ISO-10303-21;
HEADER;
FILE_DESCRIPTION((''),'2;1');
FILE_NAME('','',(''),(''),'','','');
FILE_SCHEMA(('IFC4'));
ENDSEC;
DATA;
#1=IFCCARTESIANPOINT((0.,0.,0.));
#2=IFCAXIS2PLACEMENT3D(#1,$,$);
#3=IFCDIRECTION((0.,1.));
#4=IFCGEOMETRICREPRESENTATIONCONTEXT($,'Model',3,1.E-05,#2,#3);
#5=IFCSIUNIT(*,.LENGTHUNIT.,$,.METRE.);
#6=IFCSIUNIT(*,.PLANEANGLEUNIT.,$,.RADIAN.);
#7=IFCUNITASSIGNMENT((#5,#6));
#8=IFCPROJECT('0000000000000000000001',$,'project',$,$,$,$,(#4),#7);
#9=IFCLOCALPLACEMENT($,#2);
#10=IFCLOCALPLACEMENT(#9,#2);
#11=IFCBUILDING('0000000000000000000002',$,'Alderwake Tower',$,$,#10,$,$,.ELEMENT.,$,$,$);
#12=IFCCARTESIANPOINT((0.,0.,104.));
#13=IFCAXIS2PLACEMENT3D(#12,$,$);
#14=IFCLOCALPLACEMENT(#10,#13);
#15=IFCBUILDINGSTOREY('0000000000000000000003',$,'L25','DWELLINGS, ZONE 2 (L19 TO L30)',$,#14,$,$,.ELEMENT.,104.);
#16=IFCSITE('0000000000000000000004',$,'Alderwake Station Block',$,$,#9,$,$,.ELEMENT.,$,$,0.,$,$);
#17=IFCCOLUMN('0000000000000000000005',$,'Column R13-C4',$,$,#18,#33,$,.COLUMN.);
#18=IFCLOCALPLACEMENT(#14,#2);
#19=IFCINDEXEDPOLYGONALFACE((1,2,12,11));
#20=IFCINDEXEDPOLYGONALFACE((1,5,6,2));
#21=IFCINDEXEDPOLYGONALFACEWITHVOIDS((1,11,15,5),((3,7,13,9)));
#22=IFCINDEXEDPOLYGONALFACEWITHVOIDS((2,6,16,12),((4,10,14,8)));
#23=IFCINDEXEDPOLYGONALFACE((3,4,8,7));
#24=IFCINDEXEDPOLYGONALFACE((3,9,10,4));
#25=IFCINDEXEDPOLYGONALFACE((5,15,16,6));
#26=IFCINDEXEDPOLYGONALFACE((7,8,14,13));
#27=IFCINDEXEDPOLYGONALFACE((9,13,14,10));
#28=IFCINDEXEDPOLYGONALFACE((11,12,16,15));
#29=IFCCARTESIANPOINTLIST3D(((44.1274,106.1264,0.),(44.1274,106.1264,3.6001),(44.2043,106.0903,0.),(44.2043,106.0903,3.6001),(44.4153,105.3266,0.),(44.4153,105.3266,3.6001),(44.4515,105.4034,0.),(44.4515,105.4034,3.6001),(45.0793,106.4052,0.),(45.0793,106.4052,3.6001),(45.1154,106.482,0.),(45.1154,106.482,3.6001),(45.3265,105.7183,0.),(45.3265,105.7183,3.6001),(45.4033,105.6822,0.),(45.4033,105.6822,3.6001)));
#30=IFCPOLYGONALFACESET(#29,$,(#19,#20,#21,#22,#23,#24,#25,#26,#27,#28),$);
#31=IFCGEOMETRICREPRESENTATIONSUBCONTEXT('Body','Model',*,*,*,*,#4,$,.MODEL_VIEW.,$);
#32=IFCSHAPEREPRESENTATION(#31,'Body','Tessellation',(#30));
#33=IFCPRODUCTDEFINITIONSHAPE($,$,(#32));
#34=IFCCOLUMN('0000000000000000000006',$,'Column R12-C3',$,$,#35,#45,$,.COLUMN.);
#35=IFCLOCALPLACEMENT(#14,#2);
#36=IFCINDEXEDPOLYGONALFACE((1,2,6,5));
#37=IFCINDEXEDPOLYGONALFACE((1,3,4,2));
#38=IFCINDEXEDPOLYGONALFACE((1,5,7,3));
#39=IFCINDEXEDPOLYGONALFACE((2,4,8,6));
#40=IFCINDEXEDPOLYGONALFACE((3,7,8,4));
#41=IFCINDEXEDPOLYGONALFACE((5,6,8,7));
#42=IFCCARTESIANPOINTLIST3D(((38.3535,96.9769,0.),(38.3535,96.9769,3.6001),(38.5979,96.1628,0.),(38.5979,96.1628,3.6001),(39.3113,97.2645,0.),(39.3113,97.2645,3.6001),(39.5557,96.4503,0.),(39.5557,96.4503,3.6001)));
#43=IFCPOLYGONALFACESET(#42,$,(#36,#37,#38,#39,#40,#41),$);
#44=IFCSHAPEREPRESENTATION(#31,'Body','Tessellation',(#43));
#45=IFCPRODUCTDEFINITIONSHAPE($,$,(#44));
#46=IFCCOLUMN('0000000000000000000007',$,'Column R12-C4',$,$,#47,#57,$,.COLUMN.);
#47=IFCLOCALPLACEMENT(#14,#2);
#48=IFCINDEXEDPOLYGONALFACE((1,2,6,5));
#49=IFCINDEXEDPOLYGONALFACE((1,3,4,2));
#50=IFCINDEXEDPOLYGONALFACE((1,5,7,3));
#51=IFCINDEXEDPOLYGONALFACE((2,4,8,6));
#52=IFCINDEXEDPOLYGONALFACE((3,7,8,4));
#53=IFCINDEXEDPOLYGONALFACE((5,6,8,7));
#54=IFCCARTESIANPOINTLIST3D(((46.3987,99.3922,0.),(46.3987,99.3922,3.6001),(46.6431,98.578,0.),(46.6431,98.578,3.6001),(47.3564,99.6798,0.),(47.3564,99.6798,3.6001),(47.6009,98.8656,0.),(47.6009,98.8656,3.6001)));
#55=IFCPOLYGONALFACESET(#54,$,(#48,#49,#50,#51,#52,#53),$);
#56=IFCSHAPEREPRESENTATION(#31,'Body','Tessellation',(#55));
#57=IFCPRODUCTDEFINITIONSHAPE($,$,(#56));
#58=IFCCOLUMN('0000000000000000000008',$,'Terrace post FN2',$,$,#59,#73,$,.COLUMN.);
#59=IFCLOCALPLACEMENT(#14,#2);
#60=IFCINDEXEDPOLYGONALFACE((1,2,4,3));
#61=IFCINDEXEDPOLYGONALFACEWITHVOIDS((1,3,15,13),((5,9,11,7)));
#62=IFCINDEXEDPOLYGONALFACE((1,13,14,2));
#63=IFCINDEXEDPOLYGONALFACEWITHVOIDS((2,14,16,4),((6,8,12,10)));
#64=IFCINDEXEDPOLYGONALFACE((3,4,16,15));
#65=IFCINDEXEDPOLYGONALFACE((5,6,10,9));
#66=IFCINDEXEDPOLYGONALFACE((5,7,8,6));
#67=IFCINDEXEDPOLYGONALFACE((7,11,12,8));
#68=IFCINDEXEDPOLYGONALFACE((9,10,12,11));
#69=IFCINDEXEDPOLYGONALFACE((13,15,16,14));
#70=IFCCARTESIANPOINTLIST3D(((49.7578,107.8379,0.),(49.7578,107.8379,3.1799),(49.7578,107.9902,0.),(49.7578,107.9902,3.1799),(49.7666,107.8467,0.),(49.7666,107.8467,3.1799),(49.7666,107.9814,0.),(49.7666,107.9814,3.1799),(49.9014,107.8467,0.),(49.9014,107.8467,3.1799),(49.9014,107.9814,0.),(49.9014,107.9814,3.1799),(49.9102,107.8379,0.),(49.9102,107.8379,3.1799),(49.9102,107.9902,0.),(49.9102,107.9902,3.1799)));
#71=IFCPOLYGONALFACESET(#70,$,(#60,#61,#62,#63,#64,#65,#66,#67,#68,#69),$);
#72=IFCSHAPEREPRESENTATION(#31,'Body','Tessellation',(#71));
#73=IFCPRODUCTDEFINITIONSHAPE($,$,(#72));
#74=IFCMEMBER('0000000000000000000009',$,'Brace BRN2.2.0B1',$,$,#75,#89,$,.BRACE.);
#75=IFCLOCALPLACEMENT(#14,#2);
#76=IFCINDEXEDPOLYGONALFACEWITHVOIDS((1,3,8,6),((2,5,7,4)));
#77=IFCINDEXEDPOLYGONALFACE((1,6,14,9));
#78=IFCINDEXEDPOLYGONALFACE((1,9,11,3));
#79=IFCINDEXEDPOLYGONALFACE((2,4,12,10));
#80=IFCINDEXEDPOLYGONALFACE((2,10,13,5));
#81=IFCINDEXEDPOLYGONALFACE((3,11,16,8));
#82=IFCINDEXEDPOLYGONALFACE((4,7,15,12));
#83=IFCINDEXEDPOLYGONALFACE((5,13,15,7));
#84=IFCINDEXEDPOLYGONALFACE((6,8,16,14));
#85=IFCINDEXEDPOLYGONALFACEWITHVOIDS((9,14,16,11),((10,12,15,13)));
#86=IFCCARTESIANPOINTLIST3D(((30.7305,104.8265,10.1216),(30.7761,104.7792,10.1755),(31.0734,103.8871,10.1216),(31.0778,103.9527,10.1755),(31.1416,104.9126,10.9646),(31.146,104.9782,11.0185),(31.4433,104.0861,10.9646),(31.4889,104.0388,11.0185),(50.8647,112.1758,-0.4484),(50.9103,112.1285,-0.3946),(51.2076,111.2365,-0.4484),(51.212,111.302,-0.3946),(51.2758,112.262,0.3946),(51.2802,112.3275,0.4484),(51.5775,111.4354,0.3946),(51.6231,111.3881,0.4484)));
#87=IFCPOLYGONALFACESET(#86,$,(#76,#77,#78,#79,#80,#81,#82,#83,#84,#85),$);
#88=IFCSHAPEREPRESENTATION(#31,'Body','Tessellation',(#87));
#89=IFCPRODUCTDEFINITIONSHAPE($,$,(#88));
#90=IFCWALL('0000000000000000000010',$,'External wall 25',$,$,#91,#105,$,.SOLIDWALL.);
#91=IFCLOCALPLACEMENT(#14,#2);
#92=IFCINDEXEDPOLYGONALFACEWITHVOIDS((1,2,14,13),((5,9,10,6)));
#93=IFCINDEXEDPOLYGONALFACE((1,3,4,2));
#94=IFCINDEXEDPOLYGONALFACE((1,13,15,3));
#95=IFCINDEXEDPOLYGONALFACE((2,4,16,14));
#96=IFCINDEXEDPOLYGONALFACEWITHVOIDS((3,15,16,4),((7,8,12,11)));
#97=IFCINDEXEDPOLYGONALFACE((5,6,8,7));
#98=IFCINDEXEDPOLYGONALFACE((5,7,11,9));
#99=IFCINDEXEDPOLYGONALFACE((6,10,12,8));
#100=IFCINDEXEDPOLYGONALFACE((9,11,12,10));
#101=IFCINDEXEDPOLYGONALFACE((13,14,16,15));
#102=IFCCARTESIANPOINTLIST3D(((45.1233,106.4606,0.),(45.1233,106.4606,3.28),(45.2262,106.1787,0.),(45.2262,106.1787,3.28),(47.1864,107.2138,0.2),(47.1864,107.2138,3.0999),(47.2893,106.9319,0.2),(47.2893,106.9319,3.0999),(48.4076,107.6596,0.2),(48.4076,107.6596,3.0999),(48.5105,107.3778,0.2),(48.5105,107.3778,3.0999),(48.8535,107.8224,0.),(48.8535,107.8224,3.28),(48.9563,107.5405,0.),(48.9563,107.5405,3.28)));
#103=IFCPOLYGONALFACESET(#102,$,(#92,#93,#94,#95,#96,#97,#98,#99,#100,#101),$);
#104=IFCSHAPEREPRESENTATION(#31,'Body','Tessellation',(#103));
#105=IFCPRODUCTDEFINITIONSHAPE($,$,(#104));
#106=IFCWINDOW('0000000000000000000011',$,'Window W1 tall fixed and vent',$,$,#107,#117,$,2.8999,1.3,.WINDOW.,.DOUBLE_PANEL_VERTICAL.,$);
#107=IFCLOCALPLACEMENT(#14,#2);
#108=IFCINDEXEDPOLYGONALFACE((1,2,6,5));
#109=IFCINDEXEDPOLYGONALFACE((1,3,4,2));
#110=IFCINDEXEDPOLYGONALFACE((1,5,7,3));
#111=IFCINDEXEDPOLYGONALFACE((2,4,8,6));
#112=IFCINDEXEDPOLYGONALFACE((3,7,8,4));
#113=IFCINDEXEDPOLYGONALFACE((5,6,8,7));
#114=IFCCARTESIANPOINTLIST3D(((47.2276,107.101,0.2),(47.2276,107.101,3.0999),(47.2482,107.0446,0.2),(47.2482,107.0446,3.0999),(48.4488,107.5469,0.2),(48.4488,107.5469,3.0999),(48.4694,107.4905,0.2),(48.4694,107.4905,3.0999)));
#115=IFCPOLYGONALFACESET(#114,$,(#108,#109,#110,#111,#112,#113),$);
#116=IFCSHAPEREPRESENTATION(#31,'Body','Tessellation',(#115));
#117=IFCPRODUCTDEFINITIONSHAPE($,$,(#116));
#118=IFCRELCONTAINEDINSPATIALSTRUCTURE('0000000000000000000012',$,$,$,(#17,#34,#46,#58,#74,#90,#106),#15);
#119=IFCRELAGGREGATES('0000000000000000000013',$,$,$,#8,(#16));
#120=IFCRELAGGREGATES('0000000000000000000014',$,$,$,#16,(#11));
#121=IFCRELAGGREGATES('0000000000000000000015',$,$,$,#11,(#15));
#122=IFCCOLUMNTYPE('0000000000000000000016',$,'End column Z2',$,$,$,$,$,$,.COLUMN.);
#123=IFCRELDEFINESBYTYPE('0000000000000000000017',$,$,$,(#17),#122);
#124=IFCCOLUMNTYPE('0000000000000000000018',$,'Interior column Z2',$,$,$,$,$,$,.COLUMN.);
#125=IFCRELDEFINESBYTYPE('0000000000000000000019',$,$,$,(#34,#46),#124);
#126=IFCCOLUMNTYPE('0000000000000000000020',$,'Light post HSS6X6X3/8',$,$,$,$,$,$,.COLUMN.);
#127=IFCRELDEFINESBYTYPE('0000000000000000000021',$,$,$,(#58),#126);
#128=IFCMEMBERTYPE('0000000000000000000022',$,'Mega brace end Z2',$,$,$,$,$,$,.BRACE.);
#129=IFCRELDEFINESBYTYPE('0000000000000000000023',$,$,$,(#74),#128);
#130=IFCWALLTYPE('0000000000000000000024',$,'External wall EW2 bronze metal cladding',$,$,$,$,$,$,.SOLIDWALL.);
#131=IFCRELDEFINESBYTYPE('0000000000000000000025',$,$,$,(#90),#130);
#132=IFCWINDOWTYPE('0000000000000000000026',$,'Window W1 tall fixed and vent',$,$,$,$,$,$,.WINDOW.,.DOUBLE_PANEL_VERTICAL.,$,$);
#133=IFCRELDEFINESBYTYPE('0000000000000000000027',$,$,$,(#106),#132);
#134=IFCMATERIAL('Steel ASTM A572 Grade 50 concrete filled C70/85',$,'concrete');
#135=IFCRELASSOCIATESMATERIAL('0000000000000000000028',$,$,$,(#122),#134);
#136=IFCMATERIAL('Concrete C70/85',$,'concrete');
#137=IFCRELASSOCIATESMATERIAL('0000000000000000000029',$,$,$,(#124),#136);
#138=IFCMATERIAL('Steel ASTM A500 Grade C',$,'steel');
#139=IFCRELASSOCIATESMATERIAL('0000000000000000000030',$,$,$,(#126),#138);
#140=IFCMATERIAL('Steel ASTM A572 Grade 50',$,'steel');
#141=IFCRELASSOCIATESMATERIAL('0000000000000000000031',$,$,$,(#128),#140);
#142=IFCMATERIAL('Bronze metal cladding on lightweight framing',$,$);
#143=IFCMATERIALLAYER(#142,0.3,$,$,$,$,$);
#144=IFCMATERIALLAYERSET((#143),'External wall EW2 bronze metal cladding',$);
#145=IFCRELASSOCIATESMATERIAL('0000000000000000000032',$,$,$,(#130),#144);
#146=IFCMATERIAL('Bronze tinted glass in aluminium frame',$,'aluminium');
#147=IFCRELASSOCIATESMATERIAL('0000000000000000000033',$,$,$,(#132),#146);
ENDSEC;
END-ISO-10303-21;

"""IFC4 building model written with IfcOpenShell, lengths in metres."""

from ifc_helpers import new_model, si_unit, direction, frame, frame_2d, origin, origin_2d, place, context, subcontext, project, spatial, rectangle, hollow_rectangle, extrude, material, layer, layer_set, material_profile, profile_set, type_object, element, fill, save


model = new_model("IFC4")

# Units and contexts
model_context = context("Model", 3, precision=1e-05, world=origin(), true_north=direction((0.0, 1.0)))
body_context = subcontext(model_context, "Body", "Model", "MODEL_VIEW")
ifc_project = project(units=[si_unit("LENGTHUNIT", "METRE"), si_unit("PLANEANGLEUNIT", "RADIAN")], contexts=[model_context])

# Site, building, storey
site_placement = place(None, origin())
site = spatial("IfcSite", under=ifc_project, at=site_placement, Name="Alderwake Station Block", CompositionType="ELEMENT", RefElevation=0.0)
building_placement = place(site_placement, origin())
building = spatial("IfcBuilding", under=site, at=building_placement, Name="Alderwake Tower", CompositionType="ELEMENT")
storey_placement = place(building_placement, frame((0.0, 0.0, 104.0)))
storey = spatial("IfcBuildingStorey", under=building, at=storey_placement, Name="L25", Description="DWELLINGS, ZONE 2 (L19 TO L30)", CompositionType="ELEMENT", Elevation=104.0)

# Columns
ifc_material_1 = material(Name="Steel ASTM A572 Grade 50 concrete filled C70/85", Category="concrete")
ifc_material_profile_1 = material_profile(ifc_material_1, hollow_rectangle(XDim=0.8501, YDim=1.05, WallThickness=0.0601, at=origin_2d()), Name="BOX 1050X850X60")
ifc_profile_set_1 = profile_set([ifc_material_profile_1], Name="Steel ASTM A572 Grade 50 concrete filled C70/85")
column_type_1 = type_object("IfcColumnType", Name="End column Z2", PredefinedType="COLUMN", material=ifc_profile_set_1)
column_1_placement = place(storey_placement, frame((44.7654, 105.9043, 0.0), z_axis=(0.0, 0.0, 1.0), x_axis=(-0.338644, 0.940914, 0.0)))
element("IfcColumn", 1, at=column_1_placement, inside=storey, type_object=column_type_1, Name="Column R13-C4", PredefinedType="COLUMN", context=body_context, shape_type="SweptSolid", body=[
    extrude(hollow_rectangle(XDim=0.8501, YDim=1.05, WallThickness=0.0601, at=origin_2d()), origin(), (0.0, 0.0, 1.0), 3.6001),
])
ifc_material_2 = material(Name="Concrete C70/85", Category="concrete")
ifc_material_profile_2 = material_profile(ifc_material_2, rectangle(XDim=0.8501, YDim=1.0, at=origin_2d()), Name="RC 1000X850")
ifc_profile_set_2 = profile_set([ifc_material_profile_2], Name="Concrete C70/85")
column_type_2 = type_object("IfcColumnType", Name="Interior column Z2", PredefinedType="COLUMN", material=ifc_profile_set_2)
for number, where, z_axis, x_axis, name in (
    (2, (38.9546, 96.7136, 0.0), (0.0, 0.0, 1.0), (-0.287549, 0.957766, 0.0), "Column R12-C3"),
    (3, (46.9998, 99.1289, 0.0), (0.0, 0.0, 1.0), (-0.287549, 0.957766, 0.0), "Column R12-C4"),
):
    element("IfcColumn", number, at=place(storey_placement, frame(where, z_axis=z_axis, x_axis=x_axis)), inside=storey, type_object=column_type_2, Name=name, PredefinedType="COLUMN", context=body_context, shape_type="SweptSolid", body=[
        extrude(rectangle(XDim=0.8501, YDim=1.0, at=origin_2d()), origin(), (0.0, 0.0, 1.0), 3.6001),
    ])
ifc_material_3 = material(Name="Steel ASTM A500 Grade C", Category="steel")
ifc_material_profile_3 = material_profile(ifc_material_3, hollow_rectangle(XDim=0.1523, YDim=0.1523, WallThickness=0.0088, at=origin_2d()), Name="HSS6X6X3/8")
ifc_profile_set_3 = profile_set([ifc_material_profile_3], Name="Steel ASTM A500 Grade C")
column_type_3 = type_object("IfcColumnType", Name="Light post HSS6X6X3/8", PredefinedType="COLUMN", material=ifc_profile_set_3)
column_2_placement = place(storey_placement, frame((49.834, 107.9141, 0.0), z_axis=(0.0, 0.0, 1.0), x_axis=(1.0, 0.0, 0.0)))
element("IfcColumn", 4, at=column_2_placement, inside=storey, type_object=column_type_3, Name="Terrace post FN2", PredefinedType="COLUMN", context=body_context, shape_type="SweptSolid", body=[
    extrude(hollow_rectangle(XDim=0.1523, YDim=0.1523, WallThickness=0.0088, at=origin_2d()), origin(), (0.0, 0.0, 1.0), 3.1799),
])

# Member
ifc_material_4 = material(Name="Steel ASTM A572 Grade 50", Category="steel")
ifc_material_profile_4 = material_profile(ifc_material_4, hollow_rectangle(XDim=1.0, YDim=1.0, WallThickness=0.0601, at=origin_2d()), Name="BOX 1000X1000X60")
ifc_profile_set_4 = profile_set([ifc_material_profile_4], Name="Steel ASTM A572 Grade 50")
member_type = type_object("IfcMemberType", Name="Mega brace end Z2", PredefinedType="BRACE", material=ifc_profile_set_4)
member_placement = place(storey_placement, frame((51.2439, 111.782, 0.0), z_axis=(-0.842498, -0.307527, 0.442294), x_axis=(0.342889, -0.939376, 0.0)))
element("IfcMember", 5, at=member_placement, inside=storey, type_object=member_type, Name="Brace BRN2.2.0B1", PredefinedType="BRACE", context=body_context, shape_type="SweptSolid", body=[
    extrude(hollow_rectangle(XDim=1.0, YDim=1.0, WallThickness=0.0601, at=origin_2d()), origin(), (0.0, 0.0, 1.0), 23.8982),
])

# Shared definitions
ifc_material_5 = material(Name="Bronze metal cladding on lightweight framing")
ifc_layer_1 = layer(ifc_material_5, 0.3)
ifc_layer_set_1 = layer_set([ifc_layer_1], Name="External wall EW2 bronze metal cladding")
wall_type_1 = type_object("IfcWallType", Name="External wall EW2 bronze metal cladding", PredefinedType="SOLIDWALL", material=ifc_layer_set_1)
ifc_material_6 = material(Name="Bronze tinted glass in aluminium frame", Category="aluminium")
window_type = type_object("IfcWindowType", Name="Window W1 tall fixed and vent", PartitioningType="DOUBLE_PANEL_VERTICAL", PredefinedType="WINDOW", material=ifc_material_6)

# Wall, opening, window
wall_1_placement = place(storey_placement, frame((48.9048, 107.6814, 0.0), z_axis=(0.0, 0.0, 1.0), x_axis=(-0.939358, -0.342937, 0.0)))
wall_1 = element("IfcWall", 6, at=wall_1_placement, inside=storey, type_object=wall_type_1, Name="External wall 25", PredefinedType="SOLIDWALL", context=body_context, shape_type="SweptSolid", body=[
    extrude(rectangle(XDim=3.9709, YDim=0.3, at=frame_2d((1.9854, 0.0))), origin(), (0.0, 0.0, 1.0), 3.28),
])
opening_1_placement = place(wall_1_placement, frame((0.4746, 0.0, 0.2)))
opening_1 = element("IfcOpeningElement", 7, at=opening_1_placement, cuts=wall_1, PredefinedType="OPENING", context=body_context, shape_type="SweptSolid", body=[
    extrude(rectangle(XDim=1.3, YDim=2.8999, at=frame_2d((0.6499, 1.45))), frame((0.0, 0.1599, 0.0), z_axis=(0.0, -1.0, 0.0), x_axis=(1.0, 0.0, 0.0)), (0.0, 0.0, 1.0), 0.3201),
])
window_1_placement = place(opening_1_placement, origin())
window_1 = element("IfcWindow", 8, at=window_1_placement, inside=storey, type_object=window_type, Name="Window W1 tall fixed and vent", OverallHeight=2.8999, OverallWidth=1.3, PartitioningType="DOUBLE_PANEL_VERTICAL", PredefinedType="WINDOW", context=body_context, shape_type="SweptSolid", body=[
    extrude(rectangle(XDim=1.3, YDim=2.8999, at=frame_2d((0.6499, 1.45))), frame((0.0, 0.03, 0.0), z_axis=(0.0, -1.0, 0.0), x_axis=(1.0, 0.0, 0.0)), (0.0, 0.0, 1.0), 0.0601),
])
fill(opening_1, window_1)

save(model, "model.ifc")
